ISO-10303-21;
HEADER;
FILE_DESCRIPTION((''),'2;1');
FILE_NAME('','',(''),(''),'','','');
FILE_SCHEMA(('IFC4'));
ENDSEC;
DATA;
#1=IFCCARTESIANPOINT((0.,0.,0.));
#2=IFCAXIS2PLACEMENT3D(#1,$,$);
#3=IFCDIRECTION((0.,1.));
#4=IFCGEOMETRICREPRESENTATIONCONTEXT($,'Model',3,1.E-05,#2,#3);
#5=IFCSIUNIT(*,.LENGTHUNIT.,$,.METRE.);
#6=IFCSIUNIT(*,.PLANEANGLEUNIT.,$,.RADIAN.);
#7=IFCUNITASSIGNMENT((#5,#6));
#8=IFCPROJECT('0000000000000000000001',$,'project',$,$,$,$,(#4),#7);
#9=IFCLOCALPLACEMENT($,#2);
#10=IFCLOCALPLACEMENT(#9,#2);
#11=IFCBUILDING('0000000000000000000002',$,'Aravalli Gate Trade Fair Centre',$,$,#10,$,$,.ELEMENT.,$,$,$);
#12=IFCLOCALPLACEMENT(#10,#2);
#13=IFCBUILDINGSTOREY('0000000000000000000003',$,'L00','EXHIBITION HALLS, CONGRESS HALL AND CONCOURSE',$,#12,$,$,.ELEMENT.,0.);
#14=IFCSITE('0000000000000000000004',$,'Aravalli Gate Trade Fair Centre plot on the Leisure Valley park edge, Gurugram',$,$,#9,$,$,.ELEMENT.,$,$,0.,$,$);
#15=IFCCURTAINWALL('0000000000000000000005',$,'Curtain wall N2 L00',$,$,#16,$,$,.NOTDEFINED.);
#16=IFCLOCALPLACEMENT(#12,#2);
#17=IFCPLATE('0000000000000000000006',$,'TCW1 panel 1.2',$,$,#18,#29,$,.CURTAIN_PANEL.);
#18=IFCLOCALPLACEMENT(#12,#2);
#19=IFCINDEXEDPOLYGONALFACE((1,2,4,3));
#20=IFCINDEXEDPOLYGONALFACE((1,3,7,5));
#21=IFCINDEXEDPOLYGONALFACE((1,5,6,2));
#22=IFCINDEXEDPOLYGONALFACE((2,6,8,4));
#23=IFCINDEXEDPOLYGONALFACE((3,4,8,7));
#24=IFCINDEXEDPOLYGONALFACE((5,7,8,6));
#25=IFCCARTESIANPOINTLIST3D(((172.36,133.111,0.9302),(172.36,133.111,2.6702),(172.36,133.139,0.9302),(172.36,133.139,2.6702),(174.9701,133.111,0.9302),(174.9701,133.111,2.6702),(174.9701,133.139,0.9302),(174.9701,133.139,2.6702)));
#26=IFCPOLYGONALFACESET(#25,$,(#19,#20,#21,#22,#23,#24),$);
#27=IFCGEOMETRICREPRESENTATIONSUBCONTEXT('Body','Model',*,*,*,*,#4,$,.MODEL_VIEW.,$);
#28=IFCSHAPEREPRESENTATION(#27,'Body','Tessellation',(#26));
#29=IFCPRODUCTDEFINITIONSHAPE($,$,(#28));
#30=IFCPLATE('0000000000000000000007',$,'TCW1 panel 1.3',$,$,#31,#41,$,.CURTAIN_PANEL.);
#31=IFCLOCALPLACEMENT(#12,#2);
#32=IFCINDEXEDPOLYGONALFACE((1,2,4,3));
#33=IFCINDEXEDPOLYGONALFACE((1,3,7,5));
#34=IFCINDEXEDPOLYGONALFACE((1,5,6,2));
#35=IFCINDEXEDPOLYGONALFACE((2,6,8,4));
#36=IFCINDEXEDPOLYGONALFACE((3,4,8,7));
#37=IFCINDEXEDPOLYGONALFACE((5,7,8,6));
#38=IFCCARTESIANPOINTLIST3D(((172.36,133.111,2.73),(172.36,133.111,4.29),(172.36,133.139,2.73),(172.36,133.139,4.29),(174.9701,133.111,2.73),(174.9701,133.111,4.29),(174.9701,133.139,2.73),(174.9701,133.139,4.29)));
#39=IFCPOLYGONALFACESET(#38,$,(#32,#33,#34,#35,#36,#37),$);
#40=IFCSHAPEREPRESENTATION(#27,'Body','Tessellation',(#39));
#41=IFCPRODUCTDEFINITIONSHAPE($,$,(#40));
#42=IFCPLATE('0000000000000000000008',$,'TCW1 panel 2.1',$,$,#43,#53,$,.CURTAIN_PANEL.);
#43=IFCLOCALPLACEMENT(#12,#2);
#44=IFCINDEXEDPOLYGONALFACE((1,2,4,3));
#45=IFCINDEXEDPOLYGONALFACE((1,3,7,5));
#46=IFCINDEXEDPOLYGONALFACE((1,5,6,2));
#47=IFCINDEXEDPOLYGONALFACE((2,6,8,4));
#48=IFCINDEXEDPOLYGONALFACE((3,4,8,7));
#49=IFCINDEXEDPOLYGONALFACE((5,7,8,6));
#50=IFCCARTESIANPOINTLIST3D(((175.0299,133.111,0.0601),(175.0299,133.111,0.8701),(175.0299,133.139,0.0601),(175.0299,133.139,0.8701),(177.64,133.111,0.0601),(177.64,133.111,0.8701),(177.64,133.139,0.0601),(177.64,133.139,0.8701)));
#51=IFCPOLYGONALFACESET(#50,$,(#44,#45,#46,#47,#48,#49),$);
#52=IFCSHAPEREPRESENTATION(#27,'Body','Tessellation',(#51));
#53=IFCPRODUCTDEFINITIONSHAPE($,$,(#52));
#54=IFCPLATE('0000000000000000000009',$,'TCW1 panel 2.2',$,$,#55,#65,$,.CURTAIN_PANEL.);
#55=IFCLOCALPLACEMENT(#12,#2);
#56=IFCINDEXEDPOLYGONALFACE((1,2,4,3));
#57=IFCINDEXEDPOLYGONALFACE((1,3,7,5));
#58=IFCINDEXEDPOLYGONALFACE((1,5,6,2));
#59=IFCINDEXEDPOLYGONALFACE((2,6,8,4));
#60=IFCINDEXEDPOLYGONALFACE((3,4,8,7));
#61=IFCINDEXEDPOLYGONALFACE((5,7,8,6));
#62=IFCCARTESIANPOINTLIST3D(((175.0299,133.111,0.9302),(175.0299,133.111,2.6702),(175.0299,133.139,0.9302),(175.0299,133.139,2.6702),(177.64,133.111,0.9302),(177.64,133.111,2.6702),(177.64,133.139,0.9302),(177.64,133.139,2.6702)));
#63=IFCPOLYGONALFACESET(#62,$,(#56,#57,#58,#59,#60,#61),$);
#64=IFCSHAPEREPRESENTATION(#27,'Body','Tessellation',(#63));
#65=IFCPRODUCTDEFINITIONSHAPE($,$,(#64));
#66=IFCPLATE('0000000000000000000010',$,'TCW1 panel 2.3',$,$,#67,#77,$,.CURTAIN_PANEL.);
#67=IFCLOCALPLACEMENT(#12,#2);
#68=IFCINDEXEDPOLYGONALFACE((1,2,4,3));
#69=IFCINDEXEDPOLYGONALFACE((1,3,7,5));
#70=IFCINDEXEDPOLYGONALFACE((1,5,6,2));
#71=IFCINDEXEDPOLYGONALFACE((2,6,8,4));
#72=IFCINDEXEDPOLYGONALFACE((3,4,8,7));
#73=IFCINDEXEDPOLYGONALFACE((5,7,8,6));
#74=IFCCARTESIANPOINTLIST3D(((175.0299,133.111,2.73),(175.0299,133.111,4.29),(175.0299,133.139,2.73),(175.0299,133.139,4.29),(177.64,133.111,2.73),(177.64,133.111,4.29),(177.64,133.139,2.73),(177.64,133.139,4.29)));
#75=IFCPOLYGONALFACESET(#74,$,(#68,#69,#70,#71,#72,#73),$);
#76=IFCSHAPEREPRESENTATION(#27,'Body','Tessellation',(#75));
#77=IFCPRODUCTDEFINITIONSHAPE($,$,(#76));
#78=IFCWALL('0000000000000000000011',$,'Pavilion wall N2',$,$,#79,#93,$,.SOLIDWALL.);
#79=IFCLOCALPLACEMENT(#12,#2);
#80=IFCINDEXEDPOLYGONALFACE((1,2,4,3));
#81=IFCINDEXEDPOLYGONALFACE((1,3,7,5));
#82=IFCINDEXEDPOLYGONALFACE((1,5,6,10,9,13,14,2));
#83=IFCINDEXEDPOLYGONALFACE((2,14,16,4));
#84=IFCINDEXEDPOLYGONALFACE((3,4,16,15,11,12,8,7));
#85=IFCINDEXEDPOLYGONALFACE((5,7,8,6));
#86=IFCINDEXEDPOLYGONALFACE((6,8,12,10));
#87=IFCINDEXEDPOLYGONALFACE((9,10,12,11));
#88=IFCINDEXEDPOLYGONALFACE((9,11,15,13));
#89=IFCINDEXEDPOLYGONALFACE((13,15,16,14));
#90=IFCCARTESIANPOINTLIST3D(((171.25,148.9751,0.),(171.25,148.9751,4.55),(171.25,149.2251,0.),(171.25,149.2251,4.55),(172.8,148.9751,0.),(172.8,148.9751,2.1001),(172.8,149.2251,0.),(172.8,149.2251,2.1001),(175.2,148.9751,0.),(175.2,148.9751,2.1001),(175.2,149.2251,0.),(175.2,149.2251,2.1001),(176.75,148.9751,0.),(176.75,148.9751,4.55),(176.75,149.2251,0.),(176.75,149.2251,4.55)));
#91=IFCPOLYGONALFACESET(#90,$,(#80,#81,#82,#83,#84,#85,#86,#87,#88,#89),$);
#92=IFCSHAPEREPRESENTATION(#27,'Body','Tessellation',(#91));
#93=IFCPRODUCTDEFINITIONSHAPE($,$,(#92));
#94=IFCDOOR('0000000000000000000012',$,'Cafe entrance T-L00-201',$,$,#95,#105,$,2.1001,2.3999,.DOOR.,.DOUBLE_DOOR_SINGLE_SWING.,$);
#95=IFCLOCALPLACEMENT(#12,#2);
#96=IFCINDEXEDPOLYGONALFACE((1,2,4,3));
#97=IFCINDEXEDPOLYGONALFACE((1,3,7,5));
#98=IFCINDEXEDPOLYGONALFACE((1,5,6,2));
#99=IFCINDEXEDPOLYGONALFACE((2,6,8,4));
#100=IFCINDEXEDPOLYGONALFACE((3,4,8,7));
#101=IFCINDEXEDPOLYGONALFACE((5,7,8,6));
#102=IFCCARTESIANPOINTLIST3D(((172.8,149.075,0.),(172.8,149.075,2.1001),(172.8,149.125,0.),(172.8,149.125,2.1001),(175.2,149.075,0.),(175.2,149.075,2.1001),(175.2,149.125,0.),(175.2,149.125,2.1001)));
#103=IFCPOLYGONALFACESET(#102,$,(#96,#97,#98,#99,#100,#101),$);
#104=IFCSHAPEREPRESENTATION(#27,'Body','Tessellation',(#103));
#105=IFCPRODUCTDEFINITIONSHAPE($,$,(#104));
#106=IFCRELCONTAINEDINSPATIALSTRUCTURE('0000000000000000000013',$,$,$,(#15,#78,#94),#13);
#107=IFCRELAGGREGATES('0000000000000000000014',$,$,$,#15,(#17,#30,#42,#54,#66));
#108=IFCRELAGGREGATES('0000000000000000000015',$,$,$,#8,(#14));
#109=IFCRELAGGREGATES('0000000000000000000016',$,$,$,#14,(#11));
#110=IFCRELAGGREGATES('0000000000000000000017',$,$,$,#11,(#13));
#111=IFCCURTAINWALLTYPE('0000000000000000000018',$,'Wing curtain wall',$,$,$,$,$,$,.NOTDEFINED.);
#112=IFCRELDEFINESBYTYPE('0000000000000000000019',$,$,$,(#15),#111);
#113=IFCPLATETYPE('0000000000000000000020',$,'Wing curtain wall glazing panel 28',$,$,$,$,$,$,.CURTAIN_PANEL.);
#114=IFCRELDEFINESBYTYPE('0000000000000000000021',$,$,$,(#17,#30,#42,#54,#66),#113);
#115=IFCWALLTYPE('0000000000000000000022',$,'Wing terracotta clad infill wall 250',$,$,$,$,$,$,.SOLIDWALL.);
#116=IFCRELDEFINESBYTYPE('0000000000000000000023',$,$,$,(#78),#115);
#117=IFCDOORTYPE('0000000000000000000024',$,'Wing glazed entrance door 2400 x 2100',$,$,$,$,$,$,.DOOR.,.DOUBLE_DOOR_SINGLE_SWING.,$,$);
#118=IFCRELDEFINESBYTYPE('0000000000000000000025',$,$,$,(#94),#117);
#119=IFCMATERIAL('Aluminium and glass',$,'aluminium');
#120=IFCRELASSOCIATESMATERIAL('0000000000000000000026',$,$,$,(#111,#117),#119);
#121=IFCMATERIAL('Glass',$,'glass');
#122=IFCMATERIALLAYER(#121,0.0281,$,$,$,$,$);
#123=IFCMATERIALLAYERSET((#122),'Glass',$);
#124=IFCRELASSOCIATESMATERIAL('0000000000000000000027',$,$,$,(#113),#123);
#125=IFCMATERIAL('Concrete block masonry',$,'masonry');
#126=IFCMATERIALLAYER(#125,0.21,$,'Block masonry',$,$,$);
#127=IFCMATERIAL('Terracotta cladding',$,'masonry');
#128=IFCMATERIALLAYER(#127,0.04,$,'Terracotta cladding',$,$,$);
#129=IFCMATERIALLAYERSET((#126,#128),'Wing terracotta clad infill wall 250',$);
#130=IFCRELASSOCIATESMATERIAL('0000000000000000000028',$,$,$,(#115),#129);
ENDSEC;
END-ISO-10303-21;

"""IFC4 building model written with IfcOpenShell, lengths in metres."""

from ifc_helpers import new_model, si_unit, direction, frame, frame_2d, origin, origin_2d, place, context, subcontext, project, spatial, rectangle, extrude, material, layer, layer_set, type_object, element, fill, aggregate, save


model = new_model("IFC4")

# Units and contexts
model_context = context("Model", 3, precision=1e-05, world=origin(), true_north=direction((0.0, 1.0)))
body_context = subcontext(model_context, "Body", "Model", "MODEL_VIEW")
ifc_project = project(units=[si_unit("LENGTHUNIT", "METRE"), si_unit("PLANEANGLEUNIT", "RADIAN")], contexts=[model_context])

# Site, building, storey
site_placement = place(None, origin())
site = spatial("IfcSite", under=ifc_project, at=site_placement, Name="Aravalli Gate Trade Fair Centre plot on the Leisure Valley park edge, Gurugram", CompositionType="ELEMENT", RefElevation=0.0)
building_placement = place(site_placement, origin())
building = spatial("IfcBuilding", under=site, at=building_placement, Name="Aravalli Gate Trade Fair Centre", CompositionType="ELEMENT")
storey_placement = place(building_placement, origin())
storey = spatial("IfcBuildingStorey", under=building, at=storey_placement, Name="L00", Description="EXHIBITION HALLS, CONGRESS HALL AND CONCOURSE", CompositionType="ELEMENT", Elevation=0.0)

# Shared definitions
ifc_material_1 = material(Name="Aluminium and glass", Category="aluminium")
curtain_wall_type = type_object("IfcCurtainWallType", Name="Wing curtain wall", PredefinedType="NOTDEFINED", material=ifc_material_1)

# Curtain wall, plates
curtain_wall_1_placement = place(storey_placement, origin())
curtain_wall_1 = element("IfcCurtainWall", 1, at=curtain_wall_1_placement, inside=storey, type_object=curtain_wall_type, Name="Curtain wall N2 L00", PredefinedType="NOTDEFINED")
ifc_material_2 = material(Name="Glass", Category="glass")
ifc_layer_1 = layer(ifc_material_2, 0.0281)
ifc_layer_set_1 = layer_set([ifc_layer_1], Name="Glass")
plate_type = type_object("IfcPlateType", Name="Wing curtain wall glazing panel 28", PredefinedType="CURTAIN_PANEL", material=ifc_layer_set_1)
plate_1_placement = place(storey_placement, frame((173.665, 133.125, 0.9302), z_axis=(0.0, 0.0, 1.0), x_axis=(1.0, 0.0, 0.0)))
plate_1 = element("IfcPlate", 2, at=plate_1_placement, type_object=plate_type, Name="TCW1 panel 1.2", PredefinedType="CURTAIN_PANEL", context=body_context, shape_type="SweptSolid", body=[
    extrude(rectangle(XDim=2.6101, YDim=0.0281, at=origin_2d()), origin(), (0.0, 0.0, 1.0), 1.74),
])
plate_2_placement = place(storey_placement, frame((173.665, 133.125, 2.73), z_axis=(0.0, 0.0, 1.0), x_axis=(1.0, 0.0, 0.0)))
plate_2 = element("IfcPlate", 3, at=plate_2_placement, type_object=plate_type, Name="TCW1 panel 1.3", PredefinedType="CURTAIN_PANEL", context=body_context, shape_type="SweptSolid", body=[
    extrude(rectangle(XDim=2.6101, YDim=0.0281, at=origin_2d()), origin(), (0.0, 0.0, 1.0), 1.5601),
])
plate_3_placement = place(storey_placement, frame((176.335, 133.125, 0.0601), z_axis=(0.0, 0.0, 1.0), x_axis=(1.0, 0.0, 0.0)))
plate_3 = element("IfcPlate", 4, at=plate_3_placement, type_object=plate_type, Name="TCW1 panel 2.1", PredefinedType="CURTAIN_PANEL", context=body_context, shape_type="SweptSolid", body=[
    extrude(rectangle(XDim=2.6101, YDim=0.0281, at=origin_2d()), origin(), (0.0, 0.0, 1.0), 0.8101),
])
plate_4_placement = place(storey_placement, frame((176.335, 133.125, 0.9302), z_axis=(0.0, 0.0, 1.0), x_axis=(1.0, 0.0, 0.0)))
plate_4 = element("IfcPlate", 5, at=plate_4_placement, type_object=plate_type, Name="TCW1 panel 2.2", PredefinedType="CURTAIN_PANEL", context=body_context, shape_type="SweptSolid", body=[
    extrude(rectangle(XDim=2.6101, YDim=0.0281, at=origin_2d()), origin(), (0.0, 0.0, 1.0), 1.74),
])
plate_5_placement = place(storey_placement, frame((176.335, 133.125, 2.73), z_axis=(0.0, 0.0, 1.0), x_axis=(1.0, 0.0, 0.0)))
plate_5 = element("IfcPlate", 6, at=plate_5_placement, type_object=plate_type, Name="TCW1 panel 2.3", PredefinedType="CURTAIN_PANEL", context=body_context, shape_type="SweptSolid", body=[
    extrude(rectangle(XDim=2.6101, YDim=0.0281, at=origin_2d()), origin(), (0.0, 0.0, 1.0), 1.5601),
])
aggregate(curtain_wall_1, [plate_1, plate_2, plate_3, plate_4, plate_5])

# Wall, opening, door
ifc_material_3 = material(Name="Concrete block masonry", Category="masonry")
ifc_layer_2 = layer(ifc_material_3, 0.21, Name="Block masonry")
ifc_material_4 = material(Name="Terracotta cladding", Category="masonry")
ifc_layer_3 = layer(ifc_material_4, 0.04, Name="Terracotta cladding")
ifc_layer_set_2 = layer_set([ifc_layer_2, ifc_layer_3], Name="Wing terracotta clad infill wall 250")
wall_type = type_object("IfcWallType", Name="Wing terracotta clad infill wall 250", PredefinedType="SOLIDWALL", material=ifc_layer_set_2)
wall_placement = place(storey_placement, frame((171.25, 149.1001, 0.0), z_axis=(0.0, 0.0, 1.0), x_axis=(1.0, 0.0, 0.0)))
wall = element("IfcWall", 7, at=wall_placement, inside=storey, type_object=wall_type, Name="Pavilion wall N2", PredefinedType="SOLIDWALL", context=body_context, shape_type="SweptSolid", body=[
    extrude(rectangle(XDim=5.5, YDim=0.25, at=frame_2d((2.75, 0.0))), origin(), (0.0, 0.0, 1.0), 4.55),
])
opening_placement = place(wall_placement, frame((1.55, 0.0, 0.0)))
opening = element("IfcOpeningElement", 8, at=opening_placement, cuts=wall, PredefinedType="OPENING", context=body_context, shape_type="SweptSolid", body=[
    extrude(rectangle(XDim=2.3999, YDim=2.1001, at=frame_2d((1.2, 1.05))), frame((0.0, 0.135, 0.0), z_axis=(0.0, -1.0, 0.0), x_axis=(1.0, 0.0, 0.0)), (0.0, 0.0, 1.0), 0.27),
])
door_type = type_object("IfcDoorType", Name="Wing glazed entrance door 2400 x 2100", OperationType="DOUBLE_DOOR_SINGLE_SWING", PredefinedType="DOOR", material=ifc_material_1)
door_placement = place(opening_placement, origin())
door = element("IfcDoor", 9, at=door_placement, inside=storey, type_object=door_type, Name="Cafe entrance T-L00-201", OperationType="DOUBLE_DOOR_SINGLE_SWING", OverallHeight=2.1001, OverallWidth=2.3999, PredefinedType="DOOR", context=body_context, shape_type="SweptSolid", body=[
    extrude(rectangle(XDim=2.3999, YDim=2.1001, at=frame_2d((1.2, 1.05))), frame((0.0, 0.0249, 0.0), z_axis=(0.0, -1.0, 0.0), x_axis=(1.0, 0.0, 0.0)), (0.0, 0.0, 1.0), 0.05),
])
fill(opening, door)

save(model, "model.ifc")
